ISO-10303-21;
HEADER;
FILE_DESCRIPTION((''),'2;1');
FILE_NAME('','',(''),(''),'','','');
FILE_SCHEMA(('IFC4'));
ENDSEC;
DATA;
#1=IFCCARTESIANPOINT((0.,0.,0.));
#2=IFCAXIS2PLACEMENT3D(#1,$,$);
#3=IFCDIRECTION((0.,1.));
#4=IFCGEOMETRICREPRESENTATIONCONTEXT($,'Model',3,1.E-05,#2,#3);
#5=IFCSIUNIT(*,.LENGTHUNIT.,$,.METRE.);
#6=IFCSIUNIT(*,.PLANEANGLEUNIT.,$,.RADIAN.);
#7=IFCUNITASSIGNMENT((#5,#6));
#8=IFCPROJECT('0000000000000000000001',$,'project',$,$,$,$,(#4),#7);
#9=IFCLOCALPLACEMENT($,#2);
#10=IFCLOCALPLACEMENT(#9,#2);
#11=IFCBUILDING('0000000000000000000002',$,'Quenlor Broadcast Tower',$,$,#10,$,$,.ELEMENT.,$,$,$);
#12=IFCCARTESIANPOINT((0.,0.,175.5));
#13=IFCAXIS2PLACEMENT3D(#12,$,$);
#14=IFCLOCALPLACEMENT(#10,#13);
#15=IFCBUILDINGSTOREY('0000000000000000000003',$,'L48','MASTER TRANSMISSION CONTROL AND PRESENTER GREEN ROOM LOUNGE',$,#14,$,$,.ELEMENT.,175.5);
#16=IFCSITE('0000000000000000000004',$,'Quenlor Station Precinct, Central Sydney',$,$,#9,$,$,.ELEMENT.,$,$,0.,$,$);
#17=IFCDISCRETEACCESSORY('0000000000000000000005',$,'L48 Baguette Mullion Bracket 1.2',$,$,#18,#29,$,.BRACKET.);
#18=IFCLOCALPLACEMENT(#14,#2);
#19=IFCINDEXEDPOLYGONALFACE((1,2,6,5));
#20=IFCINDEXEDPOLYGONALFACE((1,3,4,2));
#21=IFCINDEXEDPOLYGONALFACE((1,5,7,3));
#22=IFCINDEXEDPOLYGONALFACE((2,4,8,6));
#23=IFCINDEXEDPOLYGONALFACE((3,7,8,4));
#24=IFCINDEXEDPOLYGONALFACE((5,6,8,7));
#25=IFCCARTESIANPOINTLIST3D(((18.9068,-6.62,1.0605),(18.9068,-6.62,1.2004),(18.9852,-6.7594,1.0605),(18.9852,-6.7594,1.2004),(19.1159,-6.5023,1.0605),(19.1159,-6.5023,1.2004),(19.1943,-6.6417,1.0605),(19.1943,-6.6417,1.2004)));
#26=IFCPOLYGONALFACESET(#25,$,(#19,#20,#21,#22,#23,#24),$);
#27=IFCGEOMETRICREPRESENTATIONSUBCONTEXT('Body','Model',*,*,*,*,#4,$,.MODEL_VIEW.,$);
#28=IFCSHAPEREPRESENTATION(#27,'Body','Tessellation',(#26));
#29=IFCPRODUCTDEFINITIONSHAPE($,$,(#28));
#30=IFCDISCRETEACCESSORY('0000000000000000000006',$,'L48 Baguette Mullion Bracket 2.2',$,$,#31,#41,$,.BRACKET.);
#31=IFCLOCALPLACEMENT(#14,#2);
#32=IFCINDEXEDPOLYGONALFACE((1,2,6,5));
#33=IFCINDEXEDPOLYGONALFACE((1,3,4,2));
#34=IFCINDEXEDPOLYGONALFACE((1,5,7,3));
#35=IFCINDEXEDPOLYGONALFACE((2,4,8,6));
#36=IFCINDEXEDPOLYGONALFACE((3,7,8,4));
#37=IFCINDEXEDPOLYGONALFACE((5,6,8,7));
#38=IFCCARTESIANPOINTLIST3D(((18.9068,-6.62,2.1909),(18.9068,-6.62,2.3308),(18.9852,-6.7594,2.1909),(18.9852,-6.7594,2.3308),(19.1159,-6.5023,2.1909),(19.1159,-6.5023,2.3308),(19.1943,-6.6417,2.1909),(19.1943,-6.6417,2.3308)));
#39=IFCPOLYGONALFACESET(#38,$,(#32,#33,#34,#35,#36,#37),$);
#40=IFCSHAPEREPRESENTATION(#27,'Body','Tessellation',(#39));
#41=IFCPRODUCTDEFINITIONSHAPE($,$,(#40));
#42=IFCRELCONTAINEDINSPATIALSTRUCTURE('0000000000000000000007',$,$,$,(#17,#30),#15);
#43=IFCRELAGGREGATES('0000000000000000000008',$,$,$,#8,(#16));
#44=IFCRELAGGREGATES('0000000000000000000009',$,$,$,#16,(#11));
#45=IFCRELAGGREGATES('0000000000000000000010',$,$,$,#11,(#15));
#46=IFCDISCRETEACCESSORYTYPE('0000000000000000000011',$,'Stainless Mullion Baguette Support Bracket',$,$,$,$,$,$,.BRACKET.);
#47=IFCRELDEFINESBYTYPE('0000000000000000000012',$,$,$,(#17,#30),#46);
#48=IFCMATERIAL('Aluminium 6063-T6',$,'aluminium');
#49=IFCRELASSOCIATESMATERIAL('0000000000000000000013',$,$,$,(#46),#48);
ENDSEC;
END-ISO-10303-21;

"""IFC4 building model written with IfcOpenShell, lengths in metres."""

from ifc_helpers import new_model, si_unit, direction, frame, origin, origin_2d, place, context, subcontext, project, spatial, rectangle, extrude, material, type_object, element, save


model = new_model("IFC4")

# Units and contexts
model_context = context("Model", 3, precision=1e-05, world=origin(), true_north=direction((0.0, 1.0)))
body_context = subcontext(model_context, "Body", "Model", "MODEL_VIEW")
ifc_project = project(units=[si_unit("LENGTHUNIT", "METRE"), si_unit("PLANEANGLEUNIT", "RADIAN")], contexts=[model_context])

# Site, building, storey
site_placement = place(None, origin())
site = spatial("IfcSite", under=ifc_project, at=site_placement, Name="Quenlor Station Precinct, Central Sydney", CompositionType="ELEMENT", RefElevation=0.0)
building_placement = place(site_placement, origin())
building = spatial("IfcBuilding", under=site, at=building_placement, Name="Quenlor Broadcast Tower", CompositionType="ELEMENT")
storey_placement = place(building_placement, frame((0.0, 0.0, 175.5)))
storey = spatial("IfcBuildingStorey", under=building, at=storey_placement, Name="L48", Description="MASTER TRANSMISSION CONTROL AND PRESENTER GREEN ROOM LOUNGE", CompositionType="ELEMENT", Elevation=175.5)

# Discrete accessories
ifc_material_1 = material(Name="Aluminium 6063-T6", Category="aluminium")
discrete_accessory_type = type_object("IfcDiscreteAccessoryType", Name="Stainless Mullion Baguette Support Bracket", PredefinedType="BRACKET", material=ifc_material_1)
for number, where, z_axis, x_axis, name in (
    (1, (19.0505, -6.6309, 1.0605), (0.0, 0.0, 1.0), (0.490259, -0.871577, 0.0), "L48 Baguette Mullion Bracket 1.2"),
    (2, (19.0505, -6.6309, 2.1909), (0.0, 0.0, 1.0), (0.490259, -0.871577, 0.0), "L48 Baguette Mullion Bracket 2.2"),
):
    element("IfcDiscreteAccessory", number, at=place(storey_placement, frame(where, z_axis=z_axis, x_axis=x_axis)), inside=storey, type_object=discrete_accessory_type, Name=name, PredefinedType="BRACKET", context=body_context, shape_type="SweptSolid", body=[
        extrude(rectangle(XDim=0.1599, YDim=0.24, at=origin_2d()), origin(), (0.0, 0.0, 1.0), 0.1399),
    ])

save(model, "model.ifc")
